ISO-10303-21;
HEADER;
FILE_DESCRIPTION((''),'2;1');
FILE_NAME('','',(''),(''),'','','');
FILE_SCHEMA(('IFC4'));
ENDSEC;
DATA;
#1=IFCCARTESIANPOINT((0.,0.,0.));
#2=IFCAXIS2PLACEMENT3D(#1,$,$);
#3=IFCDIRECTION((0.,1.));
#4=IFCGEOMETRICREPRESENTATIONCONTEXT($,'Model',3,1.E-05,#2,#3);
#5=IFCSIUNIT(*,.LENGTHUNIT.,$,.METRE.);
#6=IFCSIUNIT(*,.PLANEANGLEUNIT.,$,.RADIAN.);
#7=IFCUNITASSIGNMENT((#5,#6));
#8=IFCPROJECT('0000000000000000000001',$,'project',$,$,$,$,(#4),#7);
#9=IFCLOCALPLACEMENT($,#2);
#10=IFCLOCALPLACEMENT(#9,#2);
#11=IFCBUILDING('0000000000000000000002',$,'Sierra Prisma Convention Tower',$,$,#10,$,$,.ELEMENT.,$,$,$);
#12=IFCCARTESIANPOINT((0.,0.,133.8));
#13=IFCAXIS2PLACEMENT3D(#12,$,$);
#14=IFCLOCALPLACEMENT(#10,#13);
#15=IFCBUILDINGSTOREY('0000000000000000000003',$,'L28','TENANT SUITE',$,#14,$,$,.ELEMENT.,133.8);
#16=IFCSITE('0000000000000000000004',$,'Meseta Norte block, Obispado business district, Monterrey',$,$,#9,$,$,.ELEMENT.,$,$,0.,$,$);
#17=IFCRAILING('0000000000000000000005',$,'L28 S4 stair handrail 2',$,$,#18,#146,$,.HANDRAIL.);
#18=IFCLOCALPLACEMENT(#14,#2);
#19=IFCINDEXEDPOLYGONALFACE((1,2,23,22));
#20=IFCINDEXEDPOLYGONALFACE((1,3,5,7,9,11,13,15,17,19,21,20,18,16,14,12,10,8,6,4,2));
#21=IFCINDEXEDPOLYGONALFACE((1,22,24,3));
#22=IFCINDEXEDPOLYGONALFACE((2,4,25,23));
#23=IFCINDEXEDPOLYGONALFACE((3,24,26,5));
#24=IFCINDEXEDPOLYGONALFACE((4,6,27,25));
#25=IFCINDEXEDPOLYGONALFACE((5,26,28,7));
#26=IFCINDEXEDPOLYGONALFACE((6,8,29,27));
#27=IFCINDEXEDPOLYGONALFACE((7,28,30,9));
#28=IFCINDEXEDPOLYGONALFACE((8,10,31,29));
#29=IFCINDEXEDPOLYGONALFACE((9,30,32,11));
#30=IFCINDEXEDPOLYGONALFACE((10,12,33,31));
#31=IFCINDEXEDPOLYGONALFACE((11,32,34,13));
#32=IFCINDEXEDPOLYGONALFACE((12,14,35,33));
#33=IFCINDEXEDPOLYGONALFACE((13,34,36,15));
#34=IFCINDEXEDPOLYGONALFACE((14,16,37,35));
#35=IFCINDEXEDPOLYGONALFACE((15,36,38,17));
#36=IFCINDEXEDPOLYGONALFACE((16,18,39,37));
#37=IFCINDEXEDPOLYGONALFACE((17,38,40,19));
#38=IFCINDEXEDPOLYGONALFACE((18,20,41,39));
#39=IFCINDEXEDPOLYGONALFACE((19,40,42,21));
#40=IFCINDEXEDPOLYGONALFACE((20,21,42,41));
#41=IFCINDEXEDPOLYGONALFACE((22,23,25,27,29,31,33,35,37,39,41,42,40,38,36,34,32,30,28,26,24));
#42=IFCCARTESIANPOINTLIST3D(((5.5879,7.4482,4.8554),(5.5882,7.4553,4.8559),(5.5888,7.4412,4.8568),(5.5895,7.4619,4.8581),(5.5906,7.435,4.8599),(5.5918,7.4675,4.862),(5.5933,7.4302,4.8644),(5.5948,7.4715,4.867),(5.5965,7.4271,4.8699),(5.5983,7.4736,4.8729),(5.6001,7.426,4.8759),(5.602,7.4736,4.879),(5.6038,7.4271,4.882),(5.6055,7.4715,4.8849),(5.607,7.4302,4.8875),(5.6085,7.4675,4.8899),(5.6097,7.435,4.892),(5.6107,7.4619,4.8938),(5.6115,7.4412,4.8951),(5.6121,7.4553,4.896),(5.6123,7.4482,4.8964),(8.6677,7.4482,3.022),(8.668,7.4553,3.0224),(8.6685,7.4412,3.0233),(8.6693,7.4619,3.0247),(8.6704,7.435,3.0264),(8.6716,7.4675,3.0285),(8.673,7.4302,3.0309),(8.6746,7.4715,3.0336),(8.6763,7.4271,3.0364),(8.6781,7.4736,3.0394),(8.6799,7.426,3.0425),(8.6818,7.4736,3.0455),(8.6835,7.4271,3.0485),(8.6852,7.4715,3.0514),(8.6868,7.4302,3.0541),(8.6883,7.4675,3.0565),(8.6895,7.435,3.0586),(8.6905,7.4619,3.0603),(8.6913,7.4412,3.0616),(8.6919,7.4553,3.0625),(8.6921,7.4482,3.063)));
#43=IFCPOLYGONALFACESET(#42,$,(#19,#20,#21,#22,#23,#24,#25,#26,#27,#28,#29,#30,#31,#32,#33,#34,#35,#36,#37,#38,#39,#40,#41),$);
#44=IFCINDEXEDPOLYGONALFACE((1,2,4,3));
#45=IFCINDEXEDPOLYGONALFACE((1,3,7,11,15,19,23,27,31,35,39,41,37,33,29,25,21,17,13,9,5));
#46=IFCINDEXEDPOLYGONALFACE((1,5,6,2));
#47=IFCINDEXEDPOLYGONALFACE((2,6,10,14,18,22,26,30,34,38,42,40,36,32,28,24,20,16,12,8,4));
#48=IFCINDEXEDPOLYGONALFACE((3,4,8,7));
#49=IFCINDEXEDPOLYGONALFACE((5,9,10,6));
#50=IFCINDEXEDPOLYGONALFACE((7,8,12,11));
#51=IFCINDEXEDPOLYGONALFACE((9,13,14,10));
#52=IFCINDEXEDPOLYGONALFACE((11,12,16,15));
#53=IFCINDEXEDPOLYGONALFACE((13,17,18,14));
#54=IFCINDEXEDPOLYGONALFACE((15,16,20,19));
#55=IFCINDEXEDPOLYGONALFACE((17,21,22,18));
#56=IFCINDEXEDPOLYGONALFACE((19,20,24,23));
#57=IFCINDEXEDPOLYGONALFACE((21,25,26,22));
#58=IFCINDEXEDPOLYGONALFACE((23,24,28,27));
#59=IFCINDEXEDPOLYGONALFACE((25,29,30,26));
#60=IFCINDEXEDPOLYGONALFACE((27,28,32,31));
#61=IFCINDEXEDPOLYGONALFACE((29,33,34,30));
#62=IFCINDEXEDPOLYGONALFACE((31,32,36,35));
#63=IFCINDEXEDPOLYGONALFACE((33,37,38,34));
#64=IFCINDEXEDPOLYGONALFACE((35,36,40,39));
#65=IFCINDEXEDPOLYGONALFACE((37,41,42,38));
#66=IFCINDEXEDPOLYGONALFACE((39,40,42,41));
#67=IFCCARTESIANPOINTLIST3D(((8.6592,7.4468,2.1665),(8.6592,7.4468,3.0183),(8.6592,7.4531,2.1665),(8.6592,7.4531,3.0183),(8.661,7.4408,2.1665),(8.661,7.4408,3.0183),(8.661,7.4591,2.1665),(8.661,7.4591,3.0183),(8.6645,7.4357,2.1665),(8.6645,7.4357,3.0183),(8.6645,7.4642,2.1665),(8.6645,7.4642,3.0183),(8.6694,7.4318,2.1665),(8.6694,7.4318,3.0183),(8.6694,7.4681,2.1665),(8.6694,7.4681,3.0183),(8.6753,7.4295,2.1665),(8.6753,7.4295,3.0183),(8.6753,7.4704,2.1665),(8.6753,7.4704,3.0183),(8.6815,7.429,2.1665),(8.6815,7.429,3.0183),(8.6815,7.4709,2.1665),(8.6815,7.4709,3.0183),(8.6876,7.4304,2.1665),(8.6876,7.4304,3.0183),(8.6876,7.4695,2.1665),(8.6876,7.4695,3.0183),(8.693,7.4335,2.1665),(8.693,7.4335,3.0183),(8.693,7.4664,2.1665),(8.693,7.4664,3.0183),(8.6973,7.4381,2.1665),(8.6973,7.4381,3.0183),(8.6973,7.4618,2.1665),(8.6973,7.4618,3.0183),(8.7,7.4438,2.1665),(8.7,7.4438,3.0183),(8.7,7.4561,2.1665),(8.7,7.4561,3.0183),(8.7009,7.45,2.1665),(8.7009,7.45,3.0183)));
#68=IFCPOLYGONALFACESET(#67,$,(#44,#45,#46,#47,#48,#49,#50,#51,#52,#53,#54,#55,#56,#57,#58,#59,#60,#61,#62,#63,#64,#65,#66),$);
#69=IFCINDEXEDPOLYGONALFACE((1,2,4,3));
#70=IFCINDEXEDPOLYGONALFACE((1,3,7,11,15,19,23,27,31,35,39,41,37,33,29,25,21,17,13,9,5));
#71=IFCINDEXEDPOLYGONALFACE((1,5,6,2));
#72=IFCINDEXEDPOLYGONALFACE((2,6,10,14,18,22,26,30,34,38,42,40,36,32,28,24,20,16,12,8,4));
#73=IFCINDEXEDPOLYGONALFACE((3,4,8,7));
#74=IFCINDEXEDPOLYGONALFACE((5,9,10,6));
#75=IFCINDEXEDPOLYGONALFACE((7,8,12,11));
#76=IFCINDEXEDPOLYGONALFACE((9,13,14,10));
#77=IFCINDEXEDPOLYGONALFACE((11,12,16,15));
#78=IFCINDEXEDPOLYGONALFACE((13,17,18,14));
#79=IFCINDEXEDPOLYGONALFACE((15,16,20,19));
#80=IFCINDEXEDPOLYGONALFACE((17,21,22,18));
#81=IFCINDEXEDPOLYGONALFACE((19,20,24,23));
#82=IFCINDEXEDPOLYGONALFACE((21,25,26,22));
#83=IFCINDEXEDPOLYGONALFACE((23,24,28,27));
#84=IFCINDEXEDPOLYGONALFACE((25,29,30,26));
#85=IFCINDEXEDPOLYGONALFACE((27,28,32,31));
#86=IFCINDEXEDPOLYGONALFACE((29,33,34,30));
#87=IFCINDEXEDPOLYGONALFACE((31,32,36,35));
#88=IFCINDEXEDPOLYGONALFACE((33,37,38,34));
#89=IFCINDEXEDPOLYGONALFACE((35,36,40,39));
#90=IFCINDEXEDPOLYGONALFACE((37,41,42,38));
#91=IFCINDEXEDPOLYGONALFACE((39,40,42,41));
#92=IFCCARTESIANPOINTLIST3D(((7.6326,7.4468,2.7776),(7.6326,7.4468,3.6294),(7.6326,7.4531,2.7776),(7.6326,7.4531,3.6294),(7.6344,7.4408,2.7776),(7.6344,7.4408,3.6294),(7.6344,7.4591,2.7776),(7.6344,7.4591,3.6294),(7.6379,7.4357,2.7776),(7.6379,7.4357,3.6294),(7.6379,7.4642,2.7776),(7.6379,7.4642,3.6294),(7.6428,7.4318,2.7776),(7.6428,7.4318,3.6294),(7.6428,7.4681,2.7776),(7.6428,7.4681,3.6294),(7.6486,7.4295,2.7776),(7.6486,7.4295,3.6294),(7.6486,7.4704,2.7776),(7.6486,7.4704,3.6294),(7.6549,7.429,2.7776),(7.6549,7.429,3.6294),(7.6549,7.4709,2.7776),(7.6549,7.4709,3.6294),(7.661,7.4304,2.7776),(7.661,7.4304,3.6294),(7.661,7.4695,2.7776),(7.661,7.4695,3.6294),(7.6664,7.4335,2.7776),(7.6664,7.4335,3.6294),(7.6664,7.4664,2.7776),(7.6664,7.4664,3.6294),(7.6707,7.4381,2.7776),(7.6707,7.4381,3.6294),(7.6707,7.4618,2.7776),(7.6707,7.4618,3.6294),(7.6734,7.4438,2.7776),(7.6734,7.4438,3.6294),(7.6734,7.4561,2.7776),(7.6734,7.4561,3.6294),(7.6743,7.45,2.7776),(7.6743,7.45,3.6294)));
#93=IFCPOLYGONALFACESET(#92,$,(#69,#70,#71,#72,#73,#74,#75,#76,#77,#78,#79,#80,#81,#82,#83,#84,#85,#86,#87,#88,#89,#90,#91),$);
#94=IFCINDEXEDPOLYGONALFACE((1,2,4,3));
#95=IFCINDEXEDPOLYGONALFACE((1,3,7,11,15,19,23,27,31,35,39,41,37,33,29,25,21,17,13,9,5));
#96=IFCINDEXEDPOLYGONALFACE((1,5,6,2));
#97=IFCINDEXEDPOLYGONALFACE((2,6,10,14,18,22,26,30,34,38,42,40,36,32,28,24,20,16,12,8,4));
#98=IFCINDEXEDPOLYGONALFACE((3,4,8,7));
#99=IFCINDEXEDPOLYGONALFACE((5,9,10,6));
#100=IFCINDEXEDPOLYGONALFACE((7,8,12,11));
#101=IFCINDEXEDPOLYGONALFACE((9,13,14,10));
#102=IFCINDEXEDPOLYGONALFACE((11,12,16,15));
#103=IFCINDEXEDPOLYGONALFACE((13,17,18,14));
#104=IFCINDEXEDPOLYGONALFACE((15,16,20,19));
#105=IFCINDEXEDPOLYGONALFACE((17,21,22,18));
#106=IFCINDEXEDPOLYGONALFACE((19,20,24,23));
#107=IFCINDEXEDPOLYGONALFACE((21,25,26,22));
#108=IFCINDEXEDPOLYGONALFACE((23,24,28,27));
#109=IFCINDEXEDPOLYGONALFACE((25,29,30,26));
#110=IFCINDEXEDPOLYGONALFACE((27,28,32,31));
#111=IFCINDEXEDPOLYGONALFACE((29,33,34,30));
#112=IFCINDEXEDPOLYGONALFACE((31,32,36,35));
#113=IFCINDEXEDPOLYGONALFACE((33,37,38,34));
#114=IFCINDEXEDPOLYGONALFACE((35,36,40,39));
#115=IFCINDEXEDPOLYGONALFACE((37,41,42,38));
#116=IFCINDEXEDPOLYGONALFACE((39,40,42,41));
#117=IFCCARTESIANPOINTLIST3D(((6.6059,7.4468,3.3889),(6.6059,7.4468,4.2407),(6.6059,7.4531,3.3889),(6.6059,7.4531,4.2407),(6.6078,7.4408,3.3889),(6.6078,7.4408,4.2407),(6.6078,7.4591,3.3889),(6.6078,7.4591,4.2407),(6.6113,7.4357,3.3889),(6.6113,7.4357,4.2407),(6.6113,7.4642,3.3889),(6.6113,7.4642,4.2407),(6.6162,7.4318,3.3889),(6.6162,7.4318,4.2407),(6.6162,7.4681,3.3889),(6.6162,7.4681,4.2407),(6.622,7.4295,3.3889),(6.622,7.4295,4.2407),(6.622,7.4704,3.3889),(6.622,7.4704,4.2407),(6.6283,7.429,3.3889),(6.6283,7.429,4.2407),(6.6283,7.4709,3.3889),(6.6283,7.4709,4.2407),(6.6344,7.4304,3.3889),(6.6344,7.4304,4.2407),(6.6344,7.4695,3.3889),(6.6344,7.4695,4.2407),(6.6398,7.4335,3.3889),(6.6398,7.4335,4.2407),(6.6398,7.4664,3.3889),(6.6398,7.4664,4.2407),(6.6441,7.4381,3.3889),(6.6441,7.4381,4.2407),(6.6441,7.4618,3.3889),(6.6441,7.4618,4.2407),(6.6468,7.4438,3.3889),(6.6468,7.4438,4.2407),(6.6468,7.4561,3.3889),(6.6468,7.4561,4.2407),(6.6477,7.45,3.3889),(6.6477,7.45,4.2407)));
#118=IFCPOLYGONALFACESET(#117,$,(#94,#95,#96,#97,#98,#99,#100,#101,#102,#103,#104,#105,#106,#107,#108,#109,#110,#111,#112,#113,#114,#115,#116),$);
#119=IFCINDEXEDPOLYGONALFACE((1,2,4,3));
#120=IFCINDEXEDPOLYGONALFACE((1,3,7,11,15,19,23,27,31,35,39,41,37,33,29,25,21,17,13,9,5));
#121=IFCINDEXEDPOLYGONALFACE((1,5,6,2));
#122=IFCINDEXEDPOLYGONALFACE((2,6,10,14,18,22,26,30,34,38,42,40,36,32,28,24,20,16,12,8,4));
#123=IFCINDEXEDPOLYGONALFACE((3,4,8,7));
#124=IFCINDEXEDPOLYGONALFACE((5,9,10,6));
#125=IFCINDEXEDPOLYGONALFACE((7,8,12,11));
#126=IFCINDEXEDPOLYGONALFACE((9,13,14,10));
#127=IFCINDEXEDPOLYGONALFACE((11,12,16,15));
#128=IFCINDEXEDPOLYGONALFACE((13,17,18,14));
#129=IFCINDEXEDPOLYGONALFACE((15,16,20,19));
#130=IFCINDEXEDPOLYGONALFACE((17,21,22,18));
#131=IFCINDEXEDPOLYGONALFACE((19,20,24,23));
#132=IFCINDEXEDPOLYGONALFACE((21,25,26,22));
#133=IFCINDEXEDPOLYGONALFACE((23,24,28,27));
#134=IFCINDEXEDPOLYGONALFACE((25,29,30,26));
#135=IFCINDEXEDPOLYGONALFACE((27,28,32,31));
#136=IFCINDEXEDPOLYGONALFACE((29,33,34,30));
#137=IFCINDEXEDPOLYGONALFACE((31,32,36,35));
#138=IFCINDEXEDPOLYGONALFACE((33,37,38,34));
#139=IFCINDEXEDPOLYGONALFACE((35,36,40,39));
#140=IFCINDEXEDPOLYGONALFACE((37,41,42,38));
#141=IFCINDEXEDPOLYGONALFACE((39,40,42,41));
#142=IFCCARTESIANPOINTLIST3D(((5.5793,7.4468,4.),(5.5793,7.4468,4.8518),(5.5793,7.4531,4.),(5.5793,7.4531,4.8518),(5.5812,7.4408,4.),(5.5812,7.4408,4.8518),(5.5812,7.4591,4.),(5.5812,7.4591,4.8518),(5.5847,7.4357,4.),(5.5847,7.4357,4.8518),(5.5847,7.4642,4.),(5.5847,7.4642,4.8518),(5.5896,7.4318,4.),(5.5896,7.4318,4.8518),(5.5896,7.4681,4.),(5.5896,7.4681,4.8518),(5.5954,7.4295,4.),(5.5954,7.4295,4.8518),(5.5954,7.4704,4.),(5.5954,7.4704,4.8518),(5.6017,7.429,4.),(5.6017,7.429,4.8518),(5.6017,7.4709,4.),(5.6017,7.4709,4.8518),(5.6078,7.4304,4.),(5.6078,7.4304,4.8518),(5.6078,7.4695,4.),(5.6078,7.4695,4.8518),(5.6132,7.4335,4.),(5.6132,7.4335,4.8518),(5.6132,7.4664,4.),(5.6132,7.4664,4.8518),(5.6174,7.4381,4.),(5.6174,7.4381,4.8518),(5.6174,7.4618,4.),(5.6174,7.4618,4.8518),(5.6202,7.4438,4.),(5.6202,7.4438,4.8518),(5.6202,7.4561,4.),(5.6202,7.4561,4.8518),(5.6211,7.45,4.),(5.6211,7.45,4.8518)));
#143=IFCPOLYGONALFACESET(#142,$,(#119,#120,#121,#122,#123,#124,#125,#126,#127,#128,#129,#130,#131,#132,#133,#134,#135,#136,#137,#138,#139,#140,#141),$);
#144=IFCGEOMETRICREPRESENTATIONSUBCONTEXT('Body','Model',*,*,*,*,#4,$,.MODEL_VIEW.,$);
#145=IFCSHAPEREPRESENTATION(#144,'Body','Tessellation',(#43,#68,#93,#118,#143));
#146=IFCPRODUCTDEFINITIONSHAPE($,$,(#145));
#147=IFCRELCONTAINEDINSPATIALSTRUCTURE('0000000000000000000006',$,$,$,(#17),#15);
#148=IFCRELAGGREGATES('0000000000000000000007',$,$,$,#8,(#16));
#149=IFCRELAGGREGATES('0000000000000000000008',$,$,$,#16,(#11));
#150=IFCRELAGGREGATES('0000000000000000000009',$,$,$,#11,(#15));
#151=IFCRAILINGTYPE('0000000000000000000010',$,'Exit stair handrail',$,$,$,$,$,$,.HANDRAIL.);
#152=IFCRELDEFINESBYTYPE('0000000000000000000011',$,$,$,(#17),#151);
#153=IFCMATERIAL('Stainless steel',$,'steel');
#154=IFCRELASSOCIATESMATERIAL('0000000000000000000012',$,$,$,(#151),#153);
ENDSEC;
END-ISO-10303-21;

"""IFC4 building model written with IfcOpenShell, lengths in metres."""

from ifc_helpers import new_model, si_unit, direction, frame, origin, origin_2d, place, context, subcontext, project, spatial, circle, extrude, material, type_object, element, save


model = new_model("IFC4")

# Units and contexts
model_context = context("Model", 3, precision=1e-05, world=origin(), true_north=direction((0.0, 1.0)))
body_context = subcontext(model_context, "Body", "Model", "MODEL_VIEW")
ifc_project = project(units=[si_unit("LENGTHUNIT", "METRE"), si_unit("PLANEANGLEUNIT", "RADIAN")], contexts=[model_context])

# Site, building, storey
site_placement = place(None, origin())
site = spatial("IfcSite", under=ifc_project, at=site_placement, Name="Meseta Norte block, Obispado business district, Monterrey", CompositionType="ELEMENT", RefElevation=0.0)
building_placement = place(site_placement, origin())
building = spatial("IfcBuilding", under=site, at=building_placement, Name="Sierra Prisma Convention Tower", CompositionType="ELEMENT")
storey_placement = place(building_placement, frame((0.0, 0.0, 133.8)))
storey = spatial("IfcBuildingStorey", under=building, at=storey_placement, Name="L28", Description="TENANT SUITE", CompositionType="ELEMENT", Elevation=133.8)

# Railing
ifc_material_1 = material(Name="Stainless steel", Category="steel")
railing_type_1 = type_object("IfcRailingType", Name="Exit stair handrail", PredefinedType="HANDRAIL", material=ifc_material_1)
railing_1_placement = place(storey_placement, frame((8.6799, 7.45, 2.1665)))
element("IfcRailing", 1, at=railing_1_placement, inside=storey, type_object=railing_type_1, Name="L28 S4 stair handrail 2", PredefinedType="HANDRAIL", context=body_context, shape_type="SweptSolid", body=[
    extrude(circle(Radius=0.0239, at=origin_2d()), frame((0.0, 0.0, 0.876), z_axis=(-0.859261, 0.0, 0.511538), x_axis=(0.0, -1.0, 0.0)), (0.0, 0.0, 1.0), 3.5842),
    extrude(circle(Radius=0.021, at=origin_2d()), origin(), (0.0, 0.0, 1.0), 0.8518),
    extrude(circle(Radius=0.021, at=origin_2d()), frame((-1.0266, 0.0, 0.6111)), (0.0, 0.0, 1.0), 0.8518),
    extrude(circle(Radius=0.021, at=origin_2d()), frame((-2.0532, 0.0, 1.2224)), (0.0, 0.0, 1.0), 0.8518),
    extrude(circle(Radius=0.021, at=origin_2d()), frame((-3.0798, 0.0, 1.8335)), (0.0, 0.0, 1.0), 0.8518),
])

save(model, "model.ifc")
